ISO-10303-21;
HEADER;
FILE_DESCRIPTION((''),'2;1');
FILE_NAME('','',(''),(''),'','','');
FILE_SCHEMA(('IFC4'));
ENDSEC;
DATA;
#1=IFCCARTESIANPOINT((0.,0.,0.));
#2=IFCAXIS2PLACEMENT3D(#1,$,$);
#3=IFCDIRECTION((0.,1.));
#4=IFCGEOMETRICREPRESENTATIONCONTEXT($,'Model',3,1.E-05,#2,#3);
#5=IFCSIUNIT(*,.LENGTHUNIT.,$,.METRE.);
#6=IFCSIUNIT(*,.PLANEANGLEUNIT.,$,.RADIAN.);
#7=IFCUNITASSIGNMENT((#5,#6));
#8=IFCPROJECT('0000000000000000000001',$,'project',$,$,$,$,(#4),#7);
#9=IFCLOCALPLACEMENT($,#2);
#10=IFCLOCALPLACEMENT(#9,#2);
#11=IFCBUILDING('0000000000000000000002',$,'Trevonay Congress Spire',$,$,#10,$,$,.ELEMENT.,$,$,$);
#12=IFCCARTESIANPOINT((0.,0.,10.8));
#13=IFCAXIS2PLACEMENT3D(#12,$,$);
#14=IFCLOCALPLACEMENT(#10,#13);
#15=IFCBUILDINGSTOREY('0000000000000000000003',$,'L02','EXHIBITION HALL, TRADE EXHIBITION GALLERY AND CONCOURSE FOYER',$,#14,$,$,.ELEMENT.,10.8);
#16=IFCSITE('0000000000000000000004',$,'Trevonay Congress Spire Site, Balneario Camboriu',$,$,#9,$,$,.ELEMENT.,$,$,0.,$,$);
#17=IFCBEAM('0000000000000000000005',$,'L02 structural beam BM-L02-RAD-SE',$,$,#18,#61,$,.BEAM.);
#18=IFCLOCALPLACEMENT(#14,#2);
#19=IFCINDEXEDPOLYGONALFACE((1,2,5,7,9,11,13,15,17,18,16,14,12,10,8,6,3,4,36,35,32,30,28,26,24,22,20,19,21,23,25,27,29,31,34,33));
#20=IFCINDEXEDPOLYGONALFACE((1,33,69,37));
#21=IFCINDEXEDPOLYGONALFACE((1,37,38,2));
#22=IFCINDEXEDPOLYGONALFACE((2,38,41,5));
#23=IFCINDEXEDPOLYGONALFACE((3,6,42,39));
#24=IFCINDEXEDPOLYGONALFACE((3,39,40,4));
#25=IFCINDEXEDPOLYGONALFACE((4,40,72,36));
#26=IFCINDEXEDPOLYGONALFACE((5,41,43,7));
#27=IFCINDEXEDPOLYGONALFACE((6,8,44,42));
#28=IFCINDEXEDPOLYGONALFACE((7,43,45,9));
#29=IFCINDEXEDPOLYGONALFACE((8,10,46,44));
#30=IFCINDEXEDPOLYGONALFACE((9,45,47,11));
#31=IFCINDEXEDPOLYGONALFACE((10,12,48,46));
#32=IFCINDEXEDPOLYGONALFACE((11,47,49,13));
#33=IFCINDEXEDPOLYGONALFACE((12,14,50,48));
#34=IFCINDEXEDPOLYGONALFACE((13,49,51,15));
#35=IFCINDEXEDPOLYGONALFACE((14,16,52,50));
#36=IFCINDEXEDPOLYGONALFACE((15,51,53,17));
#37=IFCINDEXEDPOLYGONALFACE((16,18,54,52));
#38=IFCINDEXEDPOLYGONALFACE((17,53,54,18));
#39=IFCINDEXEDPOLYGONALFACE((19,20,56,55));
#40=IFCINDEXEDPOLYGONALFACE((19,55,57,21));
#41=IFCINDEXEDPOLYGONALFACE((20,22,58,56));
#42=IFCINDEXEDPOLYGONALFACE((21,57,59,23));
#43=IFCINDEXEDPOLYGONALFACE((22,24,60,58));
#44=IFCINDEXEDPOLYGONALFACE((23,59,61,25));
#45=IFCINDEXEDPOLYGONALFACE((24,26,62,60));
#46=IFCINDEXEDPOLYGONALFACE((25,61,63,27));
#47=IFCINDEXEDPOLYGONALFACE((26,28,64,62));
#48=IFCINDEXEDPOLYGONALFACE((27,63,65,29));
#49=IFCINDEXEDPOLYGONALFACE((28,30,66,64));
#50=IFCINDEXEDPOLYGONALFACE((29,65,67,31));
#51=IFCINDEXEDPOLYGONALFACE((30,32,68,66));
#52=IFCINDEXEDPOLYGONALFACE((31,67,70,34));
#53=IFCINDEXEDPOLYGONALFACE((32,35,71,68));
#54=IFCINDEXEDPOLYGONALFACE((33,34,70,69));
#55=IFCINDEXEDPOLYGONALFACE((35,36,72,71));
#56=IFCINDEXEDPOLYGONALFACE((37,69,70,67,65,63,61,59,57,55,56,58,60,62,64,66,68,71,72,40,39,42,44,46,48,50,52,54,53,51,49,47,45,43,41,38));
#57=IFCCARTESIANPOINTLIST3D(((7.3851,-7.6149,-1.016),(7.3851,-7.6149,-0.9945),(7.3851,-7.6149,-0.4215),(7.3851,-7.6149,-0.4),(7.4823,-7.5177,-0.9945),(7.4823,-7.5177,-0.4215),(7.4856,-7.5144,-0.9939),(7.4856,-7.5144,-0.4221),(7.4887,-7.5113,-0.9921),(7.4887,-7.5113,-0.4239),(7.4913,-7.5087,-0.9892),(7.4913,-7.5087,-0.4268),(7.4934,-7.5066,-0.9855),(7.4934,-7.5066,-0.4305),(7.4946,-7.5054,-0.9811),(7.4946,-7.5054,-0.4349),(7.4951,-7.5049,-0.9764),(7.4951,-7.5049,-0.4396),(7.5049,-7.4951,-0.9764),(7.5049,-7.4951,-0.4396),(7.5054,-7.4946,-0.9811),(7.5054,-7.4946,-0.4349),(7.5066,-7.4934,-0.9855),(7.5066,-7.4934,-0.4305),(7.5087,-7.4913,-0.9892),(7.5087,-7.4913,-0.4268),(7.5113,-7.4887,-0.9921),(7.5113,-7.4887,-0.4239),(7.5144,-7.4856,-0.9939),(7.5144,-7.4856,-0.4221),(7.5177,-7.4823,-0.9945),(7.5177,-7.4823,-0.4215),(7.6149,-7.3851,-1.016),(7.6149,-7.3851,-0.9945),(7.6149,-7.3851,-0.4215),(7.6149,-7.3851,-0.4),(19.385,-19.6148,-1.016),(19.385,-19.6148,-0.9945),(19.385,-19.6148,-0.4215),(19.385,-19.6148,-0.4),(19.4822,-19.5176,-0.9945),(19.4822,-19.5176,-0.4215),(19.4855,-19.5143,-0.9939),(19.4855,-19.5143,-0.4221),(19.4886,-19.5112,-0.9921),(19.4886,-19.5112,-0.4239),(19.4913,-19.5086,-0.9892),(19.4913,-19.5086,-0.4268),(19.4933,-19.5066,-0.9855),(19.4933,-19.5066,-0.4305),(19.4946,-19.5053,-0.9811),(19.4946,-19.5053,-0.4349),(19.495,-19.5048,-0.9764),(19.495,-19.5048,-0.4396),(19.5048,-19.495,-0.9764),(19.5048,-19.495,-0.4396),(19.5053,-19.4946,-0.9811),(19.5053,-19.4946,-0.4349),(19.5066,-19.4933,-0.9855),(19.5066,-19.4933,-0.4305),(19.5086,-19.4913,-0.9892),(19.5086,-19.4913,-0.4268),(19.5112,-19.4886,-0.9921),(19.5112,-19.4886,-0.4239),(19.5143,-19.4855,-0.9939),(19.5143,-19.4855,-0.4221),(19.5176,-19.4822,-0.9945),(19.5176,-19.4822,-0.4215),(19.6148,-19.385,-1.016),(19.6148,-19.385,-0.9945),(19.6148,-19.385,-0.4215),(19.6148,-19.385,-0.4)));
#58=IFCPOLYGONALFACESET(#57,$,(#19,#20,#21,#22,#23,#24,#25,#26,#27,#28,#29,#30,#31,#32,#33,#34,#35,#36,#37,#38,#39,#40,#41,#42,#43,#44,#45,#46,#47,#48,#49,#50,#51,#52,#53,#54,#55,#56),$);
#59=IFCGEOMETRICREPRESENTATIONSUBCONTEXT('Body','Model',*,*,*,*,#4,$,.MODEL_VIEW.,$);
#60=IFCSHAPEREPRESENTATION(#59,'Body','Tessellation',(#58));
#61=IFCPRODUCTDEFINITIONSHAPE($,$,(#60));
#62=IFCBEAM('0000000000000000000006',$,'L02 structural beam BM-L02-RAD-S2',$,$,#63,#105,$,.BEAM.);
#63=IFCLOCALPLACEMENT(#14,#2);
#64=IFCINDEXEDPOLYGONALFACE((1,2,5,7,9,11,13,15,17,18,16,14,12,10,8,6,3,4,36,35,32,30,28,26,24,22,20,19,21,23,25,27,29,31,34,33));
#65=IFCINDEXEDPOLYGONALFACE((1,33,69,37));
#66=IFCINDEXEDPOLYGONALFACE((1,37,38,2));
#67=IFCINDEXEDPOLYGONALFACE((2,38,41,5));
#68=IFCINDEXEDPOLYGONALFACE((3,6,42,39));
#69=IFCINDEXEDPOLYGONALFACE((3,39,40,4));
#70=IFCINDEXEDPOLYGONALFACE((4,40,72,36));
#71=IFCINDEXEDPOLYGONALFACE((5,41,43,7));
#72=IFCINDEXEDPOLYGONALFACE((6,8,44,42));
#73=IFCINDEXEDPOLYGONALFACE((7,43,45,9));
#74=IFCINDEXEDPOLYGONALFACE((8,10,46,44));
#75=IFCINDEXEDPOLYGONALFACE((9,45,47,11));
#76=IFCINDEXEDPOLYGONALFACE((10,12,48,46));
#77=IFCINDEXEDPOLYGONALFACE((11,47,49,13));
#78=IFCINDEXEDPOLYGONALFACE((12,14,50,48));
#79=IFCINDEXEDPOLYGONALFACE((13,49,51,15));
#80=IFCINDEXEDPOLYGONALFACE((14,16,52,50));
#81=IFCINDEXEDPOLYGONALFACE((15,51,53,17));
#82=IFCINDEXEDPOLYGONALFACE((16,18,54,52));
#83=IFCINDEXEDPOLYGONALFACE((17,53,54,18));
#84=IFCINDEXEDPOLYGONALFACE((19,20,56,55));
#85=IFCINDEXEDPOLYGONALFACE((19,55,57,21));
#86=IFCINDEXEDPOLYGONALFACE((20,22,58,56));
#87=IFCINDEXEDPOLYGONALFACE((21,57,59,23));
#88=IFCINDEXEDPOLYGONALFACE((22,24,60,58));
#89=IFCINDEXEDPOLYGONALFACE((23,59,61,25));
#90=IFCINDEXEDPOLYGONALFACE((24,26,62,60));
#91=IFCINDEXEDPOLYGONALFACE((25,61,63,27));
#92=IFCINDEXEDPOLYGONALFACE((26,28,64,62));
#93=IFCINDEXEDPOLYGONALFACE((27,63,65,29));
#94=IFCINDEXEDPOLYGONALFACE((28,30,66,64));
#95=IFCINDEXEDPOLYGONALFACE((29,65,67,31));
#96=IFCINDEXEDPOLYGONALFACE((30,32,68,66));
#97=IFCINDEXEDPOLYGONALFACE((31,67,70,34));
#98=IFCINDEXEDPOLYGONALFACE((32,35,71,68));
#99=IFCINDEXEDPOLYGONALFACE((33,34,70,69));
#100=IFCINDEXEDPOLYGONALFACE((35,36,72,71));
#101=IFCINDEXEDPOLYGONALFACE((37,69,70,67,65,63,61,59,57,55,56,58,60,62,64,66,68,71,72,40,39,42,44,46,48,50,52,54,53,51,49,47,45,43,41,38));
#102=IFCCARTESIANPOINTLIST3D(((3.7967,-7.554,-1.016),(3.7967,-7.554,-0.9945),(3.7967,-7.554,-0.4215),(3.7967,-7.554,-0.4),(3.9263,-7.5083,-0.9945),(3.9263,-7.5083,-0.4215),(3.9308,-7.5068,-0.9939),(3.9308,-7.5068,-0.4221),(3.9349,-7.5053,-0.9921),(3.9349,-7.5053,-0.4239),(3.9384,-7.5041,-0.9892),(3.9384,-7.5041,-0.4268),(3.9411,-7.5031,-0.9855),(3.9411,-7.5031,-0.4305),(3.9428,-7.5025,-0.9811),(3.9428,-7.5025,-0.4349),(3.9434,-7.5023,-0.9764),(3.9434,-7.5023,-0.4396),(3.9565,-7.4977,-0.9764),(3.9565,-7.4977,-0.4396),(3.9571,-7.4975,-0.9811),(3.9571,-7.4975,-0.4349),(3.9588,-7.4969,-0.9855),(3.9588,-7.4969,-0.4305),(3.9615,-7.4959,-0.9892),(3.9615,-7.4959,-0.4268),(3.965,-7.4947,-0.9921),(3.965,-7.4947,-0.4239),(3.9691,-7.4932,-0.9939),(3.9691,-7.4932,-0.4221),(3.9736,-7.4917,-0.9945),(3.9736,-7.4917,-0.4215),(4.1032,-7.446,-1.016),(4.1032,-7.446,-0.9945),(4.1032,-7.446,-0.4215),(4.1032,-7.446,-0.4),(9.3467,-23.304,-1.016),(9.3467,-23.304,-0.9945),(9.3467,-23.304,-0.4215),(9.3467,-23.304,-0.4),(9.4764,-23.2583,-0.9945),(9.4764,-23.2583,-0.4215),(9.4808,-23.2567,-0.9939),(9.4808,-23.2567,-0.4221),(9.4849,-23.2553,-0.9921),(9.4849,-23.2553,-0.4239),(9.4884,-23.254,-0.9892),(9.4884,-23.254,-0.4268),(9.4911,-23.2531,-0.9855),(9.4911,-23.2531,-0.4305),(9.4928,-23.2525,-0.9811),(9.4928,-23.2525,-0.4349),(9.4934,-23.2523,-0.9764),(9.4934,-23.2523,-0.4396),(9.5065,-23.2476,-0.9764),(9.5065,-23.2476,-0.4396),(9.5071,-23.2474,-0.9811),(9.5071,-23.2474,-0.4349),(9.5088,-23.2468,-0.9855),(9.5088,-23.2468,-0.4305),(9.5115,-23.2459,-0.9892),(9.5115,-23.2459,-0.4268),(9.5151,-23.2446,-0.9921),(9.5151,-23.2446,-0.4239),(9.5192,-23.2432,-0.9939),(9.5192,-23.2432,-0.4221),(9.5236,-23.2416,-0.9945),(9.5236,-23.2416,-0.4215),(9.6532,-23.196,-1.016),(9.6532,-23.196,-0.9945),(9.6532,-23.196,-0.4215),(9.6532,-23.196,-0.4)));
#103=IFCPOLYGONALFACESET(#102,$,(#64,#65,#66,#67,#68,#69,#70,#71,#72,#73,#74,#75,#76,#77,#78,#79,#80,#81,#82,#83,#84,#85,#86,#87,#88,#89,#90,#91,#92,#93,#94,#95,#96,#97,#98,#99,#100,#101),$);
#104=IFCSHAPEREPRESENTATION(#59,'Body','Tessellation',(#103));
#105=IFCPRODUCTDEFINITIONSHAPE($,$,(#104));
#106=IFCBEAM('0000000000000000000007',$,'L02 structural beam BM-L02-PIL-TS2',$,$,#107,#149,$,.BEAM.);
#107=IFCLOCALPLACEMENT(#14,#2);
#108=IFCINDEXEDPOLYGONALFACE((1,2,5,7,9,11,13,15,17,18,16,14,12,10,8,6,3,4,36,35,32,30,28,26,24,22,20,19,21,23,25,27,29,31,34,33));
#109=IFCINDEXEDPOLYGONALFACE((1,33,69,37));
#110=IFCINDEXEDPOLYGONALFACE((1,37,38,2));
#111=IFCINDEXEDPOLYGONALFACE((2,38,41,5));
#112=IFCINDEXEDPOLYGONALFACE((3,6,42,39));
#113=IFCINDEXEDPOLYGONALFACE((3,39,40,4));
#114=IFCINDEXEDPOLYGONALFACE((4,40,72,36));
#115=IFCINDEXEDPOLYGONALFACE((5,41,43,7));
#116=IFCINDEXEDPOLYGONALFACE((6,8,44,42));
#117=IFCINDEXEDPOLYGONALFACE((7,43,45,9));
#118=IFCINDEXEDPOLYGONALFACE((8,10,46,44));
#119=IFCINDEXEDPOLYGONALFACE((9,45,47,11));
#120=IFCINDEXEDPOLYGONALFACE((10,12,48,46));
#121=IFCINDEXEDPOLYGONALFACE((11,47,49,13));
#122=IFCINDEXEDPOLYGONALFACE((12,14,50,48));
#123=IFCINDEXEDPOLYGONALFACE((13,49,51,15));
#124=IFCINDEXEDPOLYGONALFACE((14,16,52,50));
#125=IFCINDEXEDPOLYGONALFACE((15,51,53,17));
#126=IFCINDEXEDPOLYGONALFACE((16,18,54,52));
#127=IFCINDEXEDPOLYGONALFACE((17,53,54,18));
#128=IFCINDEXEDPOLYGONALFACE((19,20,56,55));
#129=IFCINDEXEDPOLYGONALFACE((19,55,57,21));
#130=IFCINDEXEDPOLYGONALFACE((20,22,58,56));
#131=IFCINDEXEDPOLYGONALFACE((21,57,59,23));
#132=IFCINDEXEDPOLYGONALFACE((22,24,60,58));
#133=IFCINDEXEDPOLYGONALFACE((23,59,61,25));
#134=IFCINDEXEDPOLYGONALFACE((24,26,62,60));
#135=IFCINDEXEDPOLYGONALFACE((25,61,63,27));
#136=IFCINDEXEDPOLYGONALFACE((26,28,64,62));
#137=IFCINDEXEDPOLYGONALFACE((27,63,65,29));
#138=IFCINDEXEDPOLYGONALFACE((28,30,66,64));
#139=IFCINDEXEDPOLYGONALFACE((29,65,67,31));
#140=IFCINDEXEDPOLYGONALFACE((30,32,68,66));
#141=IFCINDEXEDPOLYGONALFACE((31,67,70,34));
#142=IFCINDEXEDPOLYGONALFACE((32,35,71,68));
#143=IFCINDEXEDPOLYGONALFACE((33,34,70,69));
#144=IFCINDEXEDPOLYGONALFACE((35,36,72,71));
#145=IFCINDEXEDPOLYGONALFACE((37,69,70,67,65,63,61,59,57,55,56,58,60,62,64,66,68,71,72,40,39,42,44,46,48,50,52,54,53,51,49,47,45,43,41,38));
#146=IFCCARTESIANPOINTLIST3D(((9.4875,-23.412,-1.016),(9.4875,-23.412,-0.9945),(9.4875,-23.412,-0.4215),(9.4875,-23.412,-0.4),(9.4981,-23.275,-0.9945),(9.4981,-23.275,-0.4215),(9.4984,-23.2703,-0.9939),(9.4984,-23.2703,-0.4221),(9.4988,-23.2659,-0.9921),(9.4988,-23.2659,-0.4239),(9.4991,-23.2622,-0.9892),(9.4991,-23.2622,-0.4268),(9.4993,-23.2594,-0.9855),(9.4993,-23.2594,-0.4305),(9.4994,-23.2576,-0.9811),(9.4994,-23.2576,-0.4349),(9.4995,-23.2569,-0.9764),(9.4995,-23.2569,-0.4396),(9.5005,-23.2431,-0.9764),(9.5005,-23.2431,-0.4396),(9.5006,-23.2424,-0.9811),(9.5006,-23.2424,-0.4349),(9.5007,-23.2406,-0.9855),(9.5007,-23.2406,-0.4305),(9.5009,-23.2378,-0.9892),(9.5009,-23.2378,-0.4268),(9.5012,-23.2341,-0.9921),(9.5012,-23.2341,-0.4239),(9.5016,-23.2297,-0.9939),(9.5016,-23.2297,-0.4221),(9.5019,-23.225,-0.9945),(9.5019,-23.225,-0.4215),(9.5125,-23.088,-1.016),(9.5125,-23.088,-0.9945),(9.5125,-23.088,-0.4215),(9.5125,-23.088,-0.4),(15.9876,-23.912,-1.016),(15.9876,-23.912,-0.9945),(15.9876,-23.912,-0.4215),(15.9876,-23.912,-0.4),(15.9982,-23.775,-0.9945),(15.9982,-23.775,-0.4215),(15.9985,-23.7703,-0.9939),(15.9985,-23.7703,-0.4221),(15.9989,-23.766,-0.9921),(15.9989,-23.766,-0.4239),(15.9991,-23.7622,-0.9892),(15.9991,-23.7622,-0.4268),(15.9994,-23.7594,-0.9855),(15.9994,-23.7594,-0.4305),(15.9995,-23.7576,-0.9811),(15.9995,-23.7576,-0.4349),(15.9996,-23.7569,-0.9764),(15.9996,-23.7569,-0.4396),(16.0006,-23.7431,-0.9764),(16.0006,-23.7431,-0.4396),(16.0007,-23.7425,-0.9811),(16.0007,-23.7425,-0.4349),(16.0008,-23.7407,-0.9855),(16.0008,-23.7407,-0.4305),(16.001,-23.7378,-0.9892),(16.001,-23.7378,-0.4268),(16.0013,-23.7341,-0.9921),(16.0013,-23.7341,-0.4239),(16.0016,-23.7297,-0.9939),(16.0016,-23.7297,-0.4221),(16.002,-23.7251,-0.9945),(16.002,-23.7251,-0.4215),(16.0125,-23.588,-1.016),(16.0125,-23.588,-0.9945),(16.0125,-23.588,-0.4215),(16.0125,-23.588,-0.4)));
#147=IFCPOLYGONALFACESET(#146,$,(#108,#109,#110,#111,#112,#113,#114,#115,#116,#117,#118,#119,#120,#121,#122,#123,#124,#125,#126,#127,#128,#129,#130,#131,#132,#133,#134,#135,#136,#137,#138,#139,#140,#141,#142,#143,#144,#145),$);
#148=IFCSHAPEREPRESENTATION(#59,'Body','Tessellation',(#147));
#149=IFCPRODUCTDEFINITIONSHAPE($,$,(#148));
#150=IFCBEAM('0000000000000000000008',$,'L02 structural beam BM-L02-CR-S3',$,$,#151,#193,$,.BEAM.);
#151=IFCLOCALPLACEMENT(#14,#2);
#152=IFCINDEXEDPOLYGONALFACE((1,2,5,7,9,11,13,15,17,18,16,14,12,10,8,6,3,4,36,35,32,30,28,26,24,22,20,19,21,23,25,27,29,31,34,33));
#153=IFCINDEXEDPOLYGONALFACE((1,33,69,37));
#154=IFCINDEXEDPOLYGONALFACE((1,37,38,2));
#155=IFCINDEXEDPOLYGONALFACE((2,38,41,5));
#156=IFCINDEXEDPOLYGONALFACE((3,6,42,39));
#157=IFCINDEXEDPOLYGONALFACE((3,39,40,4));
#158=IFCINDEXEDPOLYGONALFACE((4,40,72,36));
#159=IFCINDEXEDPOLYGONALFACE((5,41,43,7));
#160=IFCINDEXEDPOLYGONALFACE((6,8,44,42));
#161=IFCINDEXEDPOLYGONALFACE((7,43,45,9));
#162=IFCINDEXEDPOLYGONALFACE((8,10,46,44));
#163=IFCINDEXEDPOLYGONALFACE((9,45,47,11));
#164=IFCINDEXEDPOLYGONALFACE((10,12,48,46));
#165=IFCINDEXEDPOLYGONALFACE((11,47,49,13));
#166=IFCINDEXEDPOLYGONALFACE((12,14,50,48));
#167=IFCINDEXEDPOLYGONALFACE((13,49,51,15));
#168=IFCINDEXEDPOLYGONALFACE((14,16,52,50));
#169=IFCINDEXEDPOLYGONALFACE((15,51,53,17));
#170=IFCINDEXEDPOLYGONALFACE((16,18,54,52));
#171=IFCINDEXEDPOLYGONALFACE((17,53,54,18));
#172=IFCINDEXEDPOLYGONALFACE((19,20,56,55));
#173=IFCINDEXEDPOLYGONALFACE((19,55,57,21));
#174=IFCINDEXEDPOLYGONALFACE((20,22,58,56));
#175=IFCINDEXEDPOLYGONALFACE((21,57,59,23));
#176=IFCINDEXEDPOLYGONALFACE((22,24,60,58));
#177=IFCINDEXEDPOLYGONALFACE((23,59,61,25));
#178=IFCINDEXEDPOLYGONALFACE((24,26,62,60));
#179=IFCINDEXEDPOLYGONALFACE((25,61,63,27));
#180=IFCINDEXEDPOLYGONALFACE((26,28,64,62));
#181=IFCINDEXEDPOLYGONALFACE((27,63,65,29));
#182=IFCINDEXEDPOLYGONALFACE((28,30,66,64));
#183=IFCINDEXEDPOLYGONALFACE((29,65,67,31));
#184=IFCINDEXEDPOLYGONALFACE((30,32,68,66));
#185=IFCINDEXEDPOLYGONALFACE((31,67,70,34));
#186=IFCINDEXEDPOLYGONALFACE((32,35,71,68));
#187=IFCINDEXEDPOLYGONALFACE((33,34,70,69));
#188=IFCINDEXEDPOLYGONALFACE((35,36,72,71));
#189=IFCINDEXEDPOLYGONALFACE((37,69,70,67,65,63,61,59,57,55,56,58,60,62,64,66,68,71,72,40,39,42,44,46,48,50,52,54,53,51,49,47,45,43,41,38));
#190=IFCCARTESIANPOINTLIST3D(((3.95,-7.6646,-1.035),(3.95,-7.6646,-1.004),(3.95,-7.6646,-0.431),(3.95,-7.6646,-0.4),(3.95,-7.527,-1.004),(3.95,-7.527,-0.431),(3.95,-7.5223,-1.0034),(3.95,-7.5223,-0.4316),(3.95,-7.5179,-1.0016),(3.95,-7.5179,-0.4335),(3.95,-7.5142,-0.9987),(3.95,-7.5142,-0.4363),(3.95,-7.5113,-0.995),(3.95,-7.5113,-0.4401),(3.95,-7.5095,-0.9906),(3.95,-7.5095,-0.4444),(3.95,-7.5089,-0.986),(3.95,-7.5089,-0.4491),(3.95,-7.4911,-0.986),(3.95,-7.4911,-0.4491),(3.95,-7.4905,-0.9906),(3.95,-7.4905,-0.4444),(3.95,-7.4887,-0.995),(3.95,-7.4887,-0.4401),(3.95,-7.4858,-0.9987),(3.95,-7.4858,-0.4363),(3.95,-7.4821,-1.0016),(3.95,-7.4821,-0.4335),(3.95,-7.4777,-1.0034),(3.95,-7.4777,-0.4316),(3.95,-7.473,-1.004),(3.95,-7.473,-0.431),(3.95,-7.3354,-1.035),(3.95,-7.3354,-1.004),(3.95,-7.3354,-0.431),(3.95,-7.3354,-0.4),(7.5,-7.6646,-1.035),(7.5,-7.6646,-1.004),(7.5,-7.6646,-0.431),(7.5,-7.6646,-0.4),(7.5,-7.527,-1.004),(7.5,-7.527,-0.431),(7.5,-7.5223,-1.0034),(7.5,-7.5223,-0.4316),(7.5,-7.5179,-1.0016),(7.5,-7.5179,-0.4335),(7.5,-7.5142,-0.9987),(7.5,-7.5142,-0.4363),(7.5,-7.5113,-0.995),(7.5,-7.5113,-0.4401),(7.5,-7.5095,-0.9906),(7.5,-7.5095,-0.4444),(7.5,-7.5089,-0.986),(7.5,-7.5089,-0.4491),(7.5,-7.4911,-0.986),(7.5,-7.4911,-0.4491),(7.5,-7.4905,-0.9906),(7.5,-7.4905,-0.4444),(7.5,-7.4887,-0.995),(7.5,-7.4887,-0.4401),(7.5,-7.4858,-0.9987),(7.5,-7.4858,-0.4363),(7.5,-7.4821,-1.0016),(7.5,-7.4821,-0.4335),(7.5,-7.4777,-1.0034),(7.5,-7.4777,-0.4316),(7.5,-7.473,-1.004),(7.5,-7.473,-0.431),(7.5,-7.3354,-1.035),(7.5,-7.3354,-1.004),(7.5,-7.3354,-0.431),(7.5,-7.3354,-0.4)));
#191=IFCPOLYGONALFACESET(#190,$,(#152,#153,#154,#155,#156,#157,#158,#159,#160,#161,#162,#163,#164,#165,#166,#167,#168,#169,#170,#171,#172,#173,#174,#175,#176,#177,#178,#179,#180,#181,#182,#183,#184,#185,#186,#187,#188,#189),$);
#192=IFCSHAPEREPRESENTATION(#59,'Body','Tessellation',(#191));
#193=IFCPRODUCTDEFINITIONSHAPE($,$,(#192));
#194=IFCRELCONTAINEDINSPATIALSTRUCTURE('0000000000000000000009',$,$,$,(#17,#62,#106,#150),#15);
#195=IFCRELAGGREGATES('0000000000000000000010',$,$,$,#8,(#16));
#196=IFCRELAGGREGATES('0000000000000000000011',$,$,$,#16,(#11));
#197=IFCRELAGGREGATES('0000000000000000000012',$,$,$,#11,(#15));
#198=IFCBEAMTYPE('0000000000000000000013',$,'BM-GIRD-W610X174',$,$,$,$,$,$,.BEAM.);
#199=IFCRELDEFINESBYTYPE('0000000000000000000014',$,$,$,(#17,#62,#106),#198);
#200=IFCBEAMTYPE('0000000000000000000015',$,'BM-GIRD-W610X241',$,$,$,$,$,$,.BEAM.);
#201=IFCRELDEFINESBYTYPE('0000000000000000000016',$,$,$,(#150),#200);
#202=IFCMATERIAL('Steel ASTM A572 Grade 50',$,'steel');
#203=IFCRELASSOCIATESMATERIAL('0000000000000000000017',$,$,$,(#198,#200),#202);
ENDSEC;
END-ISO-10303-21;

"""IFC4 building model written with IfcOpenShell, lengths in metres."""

from ifc_helpers import new_model, si_unit, direction, frame, origin, origin_2d, place, context, subcontext, project, spatial, i_section, extrude, material, material_profile, profile_set, type_object, element, save


model = new_model("IFC4")

# Units and contexts
model_context = context("Model", 3, precision=1e-05, world=origin(), true_north=direction((0.0, 1.0)))
body_context = subcontext(model_context, "Body", "Model", "MODEL_VIEW")
ifc_project = project(units=[si_unit("LENGTHUNIT", "METRE"), si_unit("PLANEANGLEUNIT", "RADIAN")], contexts=[model_context])

# Site, building, storey
site_placement = place(None, origin())
site = spatial("IfcSite", under=ifc_project, at=site_placement, Name="Trevonay Congress Spire Site, Balneario Camboriu", CompositionType="ELEMENT", RefElevation=0.0)
building_placement = place(site_placement, origin())
building = spatial("IfcBuilding", under=site, at=building_placement, Name="Trevonay Congress Spire", CompositionType="ELEMENT")
storey_placement = place(building_placement, frame((0.0, 0.0, 10.8)))
storey = spatial("IfcBuildingStorey", under=building, at=storey_placement, Name="L02", Description="EXHIBITION HALL, TRADE EXHIBITION GALLERY AND CONCOURSE FOYER", CompositionType="ELEMENT", Elevation=10.8)

# Shared definitions
ifc_material_1 = material(Name="Steel ASTM A572 Grade 50", Category="steel")

# Beams
ifc_material_profile_1 = material_profile(ifc_material_1, i_section(OverallWidth=0.325, OverallDepth=0.616, WebThickness=0.0139, FlangeThickness=0.0215, FilletRadius=0.0181, at=origin_2d()), Name="W610x174")
ifc_profile_set_1 = profile_set([ifc_material_profile_1], Name="Steel ASTM A572 Grade 50")
beam_type_1 = type_object("IfcBeamType", Name="BM-GIRD-W610X174", PredefinedType="BEAM", material=ifc_profile_set_1)
beam_1_placement = place(storey_placement, frame((7.5, -7.5, -0.708), z_axis=(0.707107, -0.707107, 0.0), x_axis=(0.707107, 0.707107, 0.0)))
element("IfcBeam", 1, at=beam_1_placement, inside=storey, type_object=beam_type_1, Name="L02 structural beam BM-L02-RAD-SE", PredefinedType="BEAM", context=body_context, shape_type="SweptSolid", body=[
    extrude(i_section(OverallWidth=0.325, OverallDepth=0.616, WebThickness=0.0139, FlangeThickness=0.0215, FilletRadius=0.0181, at=origin_2d()), origin(), (0.0, 0.0, 1.0), 16.9705),
])
beam_2_placement = place(storey_placement, frame((3.95, -7.5, -0.708), z_axis=(0.332353, -0.943155, 0.0), x_axis=(0.943155, 0.332353, 0.0)))
element("IfcBeam", 2, at=beam_2_placement, inside=storey, type_object=beam_type_1, Name="L02 structural beam BM-L02-RAD-S2", PredefinedType="BEAM", context=body_context, shape_type="SweptSolid", body=[
    extrude(i_section(OverallWidth=0.325, OverallDepth=0.616, WebThickness=0.0139, FlangeThickness=0.0215, FilletRadius=0.0181, at=origin_2d()), origin(), (0.0, 0.0, 1.0), 16.6992),
])
beam_3_placement = place(storey_placement, frame((9.5, -23.25, -0.708), z_axis=(0.997054, -0.076696, 0.0), x_axis=(0.076696, 0.997054, 0.0)))
element("IfcBeam", 3, at=beam_3_placement, inside=storey, type_object=beam_type_1, Name="L02 structural beam BM-L02-PIL-TS2", PredefinedType="BEAM", context=body_context, shape_type="SweptSolid", body=[
    extrude(i_section(OverallWidth=0.325, OverallDepth=0.616, WebThickness=0.0139, FlangeThickness=0.0215, FilletRadius=0.0181, at=origin_2d()), origin(), (0.0, 0.0, 1.0), 6.5193),
])
ifc_material_profile_2 = material_profile(ifc_material_1, i_section(OverallWidth=0.3291, OverallDepth=0.635, WebThickness=0.0178, FlangeThickness=0.031, FilletRadius=0.0181, at=origin_2d()), Name="W610x241")
ifc_profile_set_2 = profile_set([ifc_material_profile_2], Name="Steel ASTM A572 Grade 50")
beam_type_2 = type_object("IfcBeamType", Name="BM-GIRD-W610X241", PredefinedType="BEAM", material=ifc_profile_set_2)
beam_4_placement = place(storey_placement, frame((3.95, -7.5, -0.7175), z_axis=(1.0, 0.0, 0.0), x_axis=(0.0, 1.0, 0.0)))
element("IfcBeam", 4, at=beam_4_placement, inside=storey, type_object=beam_type_2, Name="L02 structural beam BM-L02-CR-S3", PredefinedType="BEAM", context=body_context, shape_type="SweptSolid", body=[
    extrude(i_section(OverallWidth=0.3291, OverallDepth=0.635, WebThickness=0.0178, FlangeThickness=0.031, FilletRadius=0.0181, at=origin_2d()), origin(), (0.0, 0.0, 1.0), 3.55),
])

save(model, "model.ifc")
